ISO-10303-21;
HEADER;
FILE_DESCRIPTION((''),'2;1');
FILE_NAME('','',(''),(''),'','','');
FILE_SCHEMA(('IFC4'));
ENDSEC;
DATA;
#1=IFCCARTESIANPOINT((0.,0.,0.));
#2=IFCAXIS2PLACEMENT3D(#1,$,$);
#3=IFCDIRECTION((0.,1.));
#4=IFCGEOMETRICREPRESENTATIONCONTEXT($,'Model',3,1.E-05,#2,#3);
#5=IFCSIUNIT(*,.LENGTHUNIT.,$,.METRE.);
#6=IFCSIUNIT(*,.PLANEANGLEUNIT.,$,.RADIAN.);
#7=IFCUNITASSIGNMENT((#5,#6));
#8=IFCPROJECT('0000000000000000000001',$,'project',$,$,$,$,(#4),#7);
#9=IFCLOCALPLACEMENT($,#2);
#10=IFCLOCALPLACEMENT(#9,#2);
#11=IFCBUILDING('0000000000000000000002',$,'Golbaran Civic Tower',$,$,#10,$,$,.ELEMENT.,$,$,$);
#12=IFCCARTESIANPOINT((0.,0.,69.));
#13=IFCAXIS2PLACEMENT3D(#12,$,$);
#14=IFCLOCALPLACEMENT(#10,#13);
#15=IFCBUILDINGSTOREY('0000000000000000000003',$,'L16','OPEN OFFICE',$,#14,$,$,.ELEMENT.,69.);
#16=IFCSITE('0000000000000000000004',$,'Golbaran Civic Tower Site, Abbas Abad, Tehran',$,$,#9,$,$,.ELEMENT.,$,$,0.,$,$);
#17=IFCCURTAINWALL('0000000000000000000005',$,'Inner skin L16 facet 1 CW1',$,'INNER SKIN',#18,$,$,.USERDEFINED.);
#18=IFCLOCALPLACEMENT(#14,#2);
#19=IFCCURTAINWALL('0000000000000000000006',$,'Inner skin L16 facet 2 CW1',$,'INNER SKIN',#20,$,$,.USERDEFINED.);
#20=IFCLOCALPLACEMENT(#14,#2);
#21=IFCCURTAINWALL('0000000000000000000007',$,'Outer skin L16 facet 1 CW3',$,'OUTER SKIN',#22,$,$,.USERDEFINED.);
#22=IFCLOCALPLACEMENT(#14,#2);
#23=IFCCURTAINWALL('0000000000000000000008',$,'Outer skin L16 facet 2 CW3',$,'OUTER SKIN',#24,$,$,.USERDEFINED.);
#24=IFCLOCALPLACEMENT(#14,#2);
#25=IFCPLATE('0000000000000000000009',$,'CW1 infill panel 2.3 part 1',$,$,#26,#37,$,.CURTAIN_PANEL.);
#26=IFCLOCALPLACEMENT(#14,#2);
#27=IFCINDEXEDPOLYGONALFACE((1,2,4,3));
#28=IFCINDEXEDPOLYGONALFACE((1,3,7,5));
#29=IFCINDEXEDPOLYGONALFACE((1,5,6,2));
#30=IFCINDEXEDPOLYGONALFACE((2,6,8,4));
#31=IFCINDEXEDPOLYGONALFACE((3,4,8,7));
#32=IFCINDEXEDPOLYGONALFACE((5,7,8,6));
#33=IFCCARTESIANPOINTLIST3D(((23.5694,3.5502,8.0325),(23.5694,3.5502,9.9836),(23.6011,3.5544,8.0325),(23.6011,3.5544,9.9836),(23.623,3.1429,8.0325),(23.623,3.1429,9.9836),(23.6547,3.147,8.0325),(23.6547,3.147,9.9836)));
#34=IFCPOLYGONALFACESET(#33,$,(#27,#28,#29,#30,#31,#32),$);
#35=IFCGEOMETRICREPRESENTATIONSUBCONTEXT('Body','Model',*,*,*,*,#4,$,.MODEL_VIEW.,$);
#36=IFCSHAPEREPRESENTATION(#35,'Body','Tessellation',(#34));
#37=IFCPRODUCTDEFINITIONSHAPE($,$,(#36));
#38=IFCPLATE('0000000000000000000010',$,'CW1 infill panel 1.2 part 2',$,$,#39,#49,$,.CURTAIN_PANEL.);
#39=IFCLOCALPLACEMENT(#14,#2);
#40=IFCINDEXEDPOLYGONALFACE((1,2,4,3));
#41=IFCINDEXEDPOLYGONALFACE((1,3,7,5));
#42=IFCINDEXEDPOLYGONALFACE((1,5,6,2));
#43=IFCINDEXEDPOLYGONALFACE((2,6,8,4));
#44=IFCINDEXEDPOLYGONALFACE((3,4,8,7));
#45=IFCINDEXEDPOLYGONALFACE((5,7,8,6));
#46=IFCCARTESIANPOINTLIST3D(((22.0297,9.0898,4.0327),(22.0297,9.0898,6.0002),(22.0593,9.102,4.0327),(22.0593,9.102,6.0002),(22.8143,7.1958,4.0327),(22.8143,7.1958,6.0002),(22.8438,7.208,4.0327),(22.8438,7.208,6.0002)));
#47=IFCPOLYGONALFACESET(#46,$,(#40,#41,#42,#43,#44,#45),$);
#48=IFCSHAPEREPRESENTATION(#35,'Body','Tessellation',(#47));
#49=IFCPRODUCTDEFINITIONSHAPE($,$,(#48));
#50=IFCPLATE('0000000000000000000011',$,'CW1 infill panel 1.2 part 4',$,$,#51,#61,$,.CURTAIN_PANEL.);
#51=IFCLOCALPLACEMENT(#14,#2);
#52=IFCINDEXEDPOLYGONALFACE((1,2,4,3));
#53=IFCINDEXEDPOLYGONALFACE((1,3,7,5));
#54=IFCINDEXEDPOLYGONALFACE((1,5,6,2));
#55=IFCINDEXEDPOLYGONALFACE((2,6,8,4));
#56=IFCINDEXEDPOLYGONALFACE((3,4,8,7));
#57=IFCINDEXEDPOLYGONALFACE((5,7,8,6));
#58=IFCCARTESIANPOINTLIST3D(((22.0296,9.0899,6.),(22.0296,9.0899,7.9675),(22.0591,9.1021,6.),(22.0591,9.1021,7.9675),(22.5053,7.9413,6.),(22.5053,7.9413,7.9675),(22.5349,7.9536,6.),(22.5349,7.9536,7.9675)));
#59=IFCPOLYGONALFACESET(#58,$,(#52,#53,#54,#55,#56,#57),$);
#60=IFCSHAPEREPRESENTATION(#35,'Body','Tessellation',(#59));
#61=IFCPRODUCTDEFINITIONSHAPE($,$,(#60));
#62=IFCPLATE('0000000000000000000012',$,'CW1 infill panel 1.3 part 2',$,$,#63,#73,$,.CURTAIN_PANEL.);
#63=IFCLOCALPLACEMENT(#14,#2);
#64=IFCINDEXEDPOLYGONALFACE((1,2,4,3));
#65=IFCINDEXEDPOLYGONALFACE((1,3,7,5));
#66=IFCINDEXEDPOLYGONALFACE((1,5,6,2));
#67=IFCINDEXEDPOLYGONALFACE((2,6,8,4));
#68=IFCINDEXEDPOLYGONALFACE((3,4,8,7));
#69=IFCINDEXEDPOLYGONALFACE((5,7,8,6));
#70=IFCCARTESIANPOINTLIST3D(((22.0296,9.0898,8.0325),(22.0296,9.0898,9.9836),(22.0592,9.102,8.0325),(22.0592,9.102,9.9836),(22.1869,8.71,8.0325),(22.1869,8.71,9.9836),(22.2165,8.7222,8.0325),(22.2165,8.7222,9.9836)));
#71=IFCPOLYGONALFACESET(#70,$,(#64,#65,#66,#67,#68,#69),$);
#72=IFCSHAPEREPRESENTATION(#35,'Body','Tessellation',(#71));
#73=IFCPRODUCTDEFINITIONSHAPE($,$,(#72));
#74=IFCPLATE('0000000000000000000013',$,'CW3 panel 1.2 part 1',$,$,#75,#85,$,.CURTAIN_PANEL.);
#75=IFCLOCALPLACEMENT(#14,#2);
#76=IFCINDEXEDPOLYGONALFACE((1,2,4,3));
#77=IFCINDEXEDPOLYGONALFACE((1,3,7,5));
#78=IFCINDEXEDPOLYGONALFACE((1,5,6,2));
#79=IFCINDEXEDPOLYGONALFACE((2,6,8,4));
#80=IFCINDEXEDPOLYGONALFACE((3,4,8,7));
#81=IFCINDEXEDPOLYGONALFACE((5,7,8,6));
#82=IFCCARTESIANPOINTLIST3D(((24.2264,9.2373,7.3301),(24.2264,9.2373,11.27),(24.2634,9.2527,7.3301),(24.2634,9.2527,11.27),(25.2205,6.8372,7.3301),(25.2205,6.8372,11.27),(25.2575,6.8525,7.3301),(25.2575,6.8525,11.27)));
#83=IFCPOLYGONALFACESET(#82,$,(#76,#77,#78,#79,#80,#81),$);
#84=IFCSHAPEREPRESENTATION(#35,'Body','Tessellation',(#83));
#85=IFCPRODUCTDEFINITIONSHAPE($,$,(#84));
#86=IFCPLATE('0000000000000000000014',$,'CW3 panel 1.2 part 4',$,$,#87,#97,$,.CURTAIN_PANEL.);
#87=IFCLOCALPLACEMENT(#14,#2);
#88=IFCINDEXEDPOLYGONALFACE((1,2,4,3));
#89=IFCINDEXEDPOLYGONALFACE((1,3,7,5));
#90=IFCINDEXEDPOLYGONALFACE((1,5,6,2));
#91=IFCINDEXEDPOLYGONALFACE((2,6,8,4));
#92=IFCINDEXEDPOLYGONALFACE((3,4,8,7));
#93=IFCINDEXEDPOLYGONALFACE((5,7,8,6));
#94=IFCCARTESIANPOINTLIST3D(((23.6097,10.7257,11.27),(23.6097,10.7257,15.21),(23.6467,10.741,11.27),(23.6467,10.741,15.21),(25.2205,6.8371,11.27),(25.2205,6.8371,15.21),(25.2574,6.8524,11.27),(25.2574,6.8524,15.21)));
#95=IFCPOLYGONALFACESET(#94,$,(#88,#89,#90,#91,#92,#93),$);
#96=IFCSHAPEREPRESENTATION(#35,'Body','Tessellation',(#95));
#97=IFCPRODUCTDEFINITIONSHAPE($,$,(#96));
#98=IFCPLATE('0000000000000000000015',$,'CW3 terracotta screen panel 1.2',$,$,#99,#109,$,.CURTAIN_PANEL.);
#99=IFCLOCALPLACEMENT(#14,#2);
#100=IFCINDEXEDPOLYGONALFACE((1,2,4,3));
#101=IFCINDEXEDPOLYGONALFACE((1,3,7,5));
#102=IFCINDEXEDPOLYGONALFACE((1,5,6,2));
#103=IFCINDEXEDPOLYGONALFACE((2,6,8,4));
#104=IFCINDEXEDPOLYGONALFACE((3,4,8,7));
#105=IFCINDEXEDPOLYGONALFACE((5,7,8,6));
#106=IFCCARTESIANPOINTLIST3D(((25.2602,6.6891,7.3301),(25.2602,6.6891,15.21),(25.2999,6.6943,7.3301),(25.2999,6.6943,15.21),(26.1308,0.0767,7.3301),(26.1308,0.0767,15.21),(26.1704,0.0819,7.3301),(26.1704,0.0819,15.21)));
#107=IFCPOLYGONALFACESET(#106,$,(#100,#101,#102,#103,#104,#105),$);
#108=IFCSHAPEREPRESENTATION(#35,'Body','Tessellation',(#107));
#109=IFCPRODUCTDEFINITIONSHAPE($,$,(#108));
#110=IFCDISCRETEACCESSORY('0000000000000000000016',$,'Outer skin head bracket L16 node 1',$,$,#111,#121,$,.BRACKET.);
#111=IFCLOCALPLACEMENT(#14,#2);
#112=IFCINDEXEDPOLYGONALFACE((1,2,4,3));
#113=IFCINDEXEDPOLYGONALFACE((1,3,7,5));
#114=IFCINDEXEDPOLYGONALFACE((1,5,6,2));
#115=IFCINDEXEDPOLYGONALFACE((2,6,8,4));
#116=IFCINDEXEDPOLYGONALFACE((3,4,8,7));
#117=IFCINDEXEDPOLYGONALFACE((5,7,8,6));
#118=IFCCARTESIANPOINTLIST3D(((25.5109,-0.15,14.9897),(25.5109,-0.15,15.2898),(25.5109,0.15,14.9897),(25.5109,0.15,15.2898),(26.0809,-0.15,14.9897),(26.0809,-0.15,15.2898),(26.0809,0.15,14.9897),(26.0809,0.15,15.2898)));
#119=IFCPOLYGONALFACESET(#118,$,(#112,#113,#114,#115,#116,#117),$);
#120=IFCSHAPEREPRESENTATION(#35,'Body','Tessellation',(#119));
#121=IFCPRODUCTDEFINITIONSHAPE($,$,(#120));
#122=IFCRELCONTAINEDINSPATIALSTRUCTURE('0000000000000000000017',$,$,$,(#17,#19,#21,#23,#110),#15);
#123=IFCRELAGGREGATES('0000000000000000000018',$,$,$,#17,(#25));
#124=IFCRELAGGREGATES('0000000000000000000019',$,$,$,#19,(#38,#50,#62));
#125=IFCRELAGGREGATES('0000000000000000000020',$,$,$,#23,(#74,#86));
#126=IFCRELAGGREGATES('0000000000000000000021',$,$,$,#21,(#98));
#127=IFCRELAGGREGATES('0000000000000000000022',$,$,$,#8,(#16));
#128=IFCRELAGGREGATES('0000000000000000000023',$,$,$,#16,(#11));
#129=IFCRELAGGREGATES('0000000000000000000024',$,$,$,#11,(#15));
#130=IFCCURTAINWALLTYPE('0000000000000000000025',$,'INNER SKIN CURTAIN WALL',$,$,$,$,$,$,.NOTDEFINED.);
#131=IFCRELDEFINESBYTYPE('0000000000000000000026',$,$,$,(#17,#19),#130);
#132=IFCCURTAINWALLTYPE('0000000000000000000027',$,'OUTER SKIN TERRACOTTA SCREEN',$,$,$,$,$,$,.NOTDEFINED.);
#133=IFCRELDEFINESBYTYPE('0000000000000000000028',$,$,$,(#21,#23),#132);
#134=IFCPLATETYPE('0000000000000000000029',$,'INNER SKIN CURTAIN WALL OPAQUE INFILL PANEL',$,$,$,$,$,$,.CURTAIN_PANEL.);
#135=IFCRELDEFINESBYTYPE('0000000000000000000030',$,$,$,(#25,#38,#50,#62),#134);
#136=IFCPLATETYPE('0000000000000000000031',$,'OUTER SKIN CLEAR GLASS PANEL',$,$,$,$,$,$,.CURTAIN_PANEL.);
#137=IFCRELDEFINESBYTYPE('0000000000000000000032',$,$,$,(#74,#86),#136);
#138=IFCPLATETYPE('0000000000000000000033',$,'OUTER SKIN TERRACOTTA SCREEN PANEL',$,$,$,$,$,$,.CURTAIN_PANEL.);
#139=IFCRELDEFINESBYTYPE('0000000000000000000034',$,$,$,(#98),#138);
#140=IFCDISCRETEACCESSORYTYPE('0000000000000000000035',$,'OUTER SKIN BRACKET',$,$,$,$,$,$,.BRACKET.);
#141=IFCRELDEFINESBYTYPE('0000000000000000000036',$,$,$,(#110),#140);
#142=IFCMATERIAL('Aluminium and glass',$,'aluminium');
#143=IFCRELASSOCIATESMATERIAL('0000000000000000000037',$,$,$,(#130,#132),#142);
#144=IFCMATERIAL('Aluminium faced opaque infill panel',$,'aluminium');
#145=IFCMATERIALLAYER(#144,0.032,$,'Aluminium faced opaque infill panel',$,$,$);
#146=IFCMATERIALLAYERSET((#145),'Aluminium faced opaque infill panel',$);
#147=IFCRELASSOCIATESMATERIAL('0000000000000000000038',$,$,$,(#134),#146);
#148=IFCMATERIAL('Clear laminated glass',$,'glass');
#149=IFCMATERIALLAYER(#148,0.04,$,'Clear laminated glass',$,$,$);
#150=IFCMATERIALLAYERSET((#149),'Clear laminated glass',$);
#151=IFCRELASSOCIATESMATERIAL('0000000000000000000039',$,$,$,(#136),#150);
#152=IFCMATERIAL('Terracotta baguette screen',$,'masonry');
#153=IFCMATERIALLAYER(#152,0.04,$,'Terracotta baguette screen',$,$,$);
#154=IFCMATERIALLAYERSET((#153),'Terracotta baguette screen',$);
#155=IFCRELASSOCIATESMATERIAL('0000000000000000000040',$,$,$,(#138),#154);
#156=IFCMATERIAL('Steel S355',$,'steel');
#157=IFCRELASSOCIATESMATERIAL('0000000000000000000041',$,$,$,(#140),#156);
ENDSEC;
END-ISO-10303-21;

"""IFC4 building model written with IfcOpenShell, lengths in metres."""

from ifc_helpers import new_model, si_unit, direction, frame, origin, origin_2d, place, context, subcontext, project, spatial, rectangle, extrude, material, layer, layer_set, type_object, element, aggregate, save


model = new_model("IFC4")

# Units and contexts
model_context = context("Model", 3, precision=1e-05, world=origin(), true_north=direction((0.0, 1.0)))
body_context = subcontext(model_context, "Body", "Model", "MODEL_VIEW")
ifc_project = project(units=[si_unit("LENGTHUNIT", "METRE"), si_unit("PLANEANGLEUNIT", "RADIAN")], contexts=[model_context])

# Site, building, storey
site_placement = place(None, origin())
site = spatial("IfcSite", under=ifc_project, at=site_placement, Name="Golbaran Civic Tower Site, Abbas Abad, Tehran", CompositionType="ELEMENT", RefElevation=0.0)
building_placement = place(site_placement, origin())
building = spatial("IfcBuilding", under=site, at=building_placement, Name="Golbaran Civic Tower", CompositionType="ELEMENT")
storey_placement = place(building_placement, frame((0.0, 0.0, 69.0)))
storey = spatial("IfcBuildingStorey", under=building, at=storey_placement, Name="L16", Description="OPEN OFFICE", CompositionType="ELEMENT", Elevation=69.0)

# Curtain walls
ifc_material_1 = material(Name="Aluminium and glass", Category="aluminium")
curtain_wall_type_1 = type_object("IfcCurtainWallType", Name="INNER SKIN CURTAIN WALL", PredefinedType="NOTDEFINED", material=ifc_material_1)
curtain_wall_1_placement = place(storey_placement, origin())
curtain_wall_1 = element("IfcCurtainWall", 1, at=curtain_wall_1_placement, inside=storey, type_object=curtain_wall_type_1, Name="Inner skin L16 facet 1 CW1", ObjectType="INNER SKIN", PredefinedType="USERDEFINED")
curtain_wall_2_placement = place(storey_placement, origin())
curtain_wall_2 = element("IfcCurtainWall", 2, at=curtain_wall_2_placement, inside=storey, type_object=curtain_wall_type_1, Name="Inner skin L16 facet 2 CW1", ObjectType="INNER SKIN", PredefinedType="USERDEFINED")
curtain_wall_type_2 = type_object("IfcCurtainWallType", Name="OUTER SKIN TERRACOTTA SCREEN", PredefinedType="NOTDEFINED", material=ifc_material_1)
curtain_wall_3_placement = place(storey_placement, origin())
curtain_wall_3 = element("IfcCurtainWall", 3, at=curtain_wall_3_placement, inside=storey, type_object=curtain_wall_type_2, Name="Outer skin L16 facet 1 CW3", ObjectType="OUTER SKIN", PredefinedType="USERDEFINED")
curtain_wall_4_placement = place(storey_placement, origin())
curtain_wall_4 = element("IfcCurtainWall", 4, at=curtain_wall_4_placement, inside=storey, type_object=curtain_wall_type_2, Name="Outer skin L16 facet 2 CW3", ObjectType="OUTER SKIN", PredefinedType="USERDEFINED")

# Plates
ifc_material_2 = material(Name="Aluminium faced opaque infill panel", Category="aluminium")
ifc_layer_1 = layer(ifc_material_2, 0.032, Name="Aluminium faced opaque infill panel")
ifc_layer_set_1 = layer_set([ifc_layer_1], Name="Aluminium faced opaque infill panel")
plate_type_1 = type_object("IfcPlateType", Name="INNER SKIN CURTAIN WALL OPAQUE INFILL PANEL", PredefinedType="CURTAIN_PANEL", material=ifc_layer_set_1)
plate_1_placement = place(storey_placement, frame((23.6121, 3.3486, 8.0325), z_axis=(0.0, 0.0, 1.0), x_axis=(-0.130526, 0.991445, 0.0)))
plate_1 = element("IfcPlate", 5, at=plate_1_placement, type_object=plate_type_1, Name="CW1 infill panel 2.3 part 1", PredefinedType="CURTAIN_PANEL", context=body_context, shape_type="SweptSolid", body=[
    extrude(rectangle(XDim=0.4109, YDim=0.032, at=origin_2d()), origin(), (0.0, 0.0, 1.0), 1.9512),
])
aggregate(curtain_wall_1, [plate_1])
plate_2_placement = place(storey_placement, frame((22.4368, 8.1489, 4.0327), z_axis=(0.0, 0.0, 1.0), x_axis=(-0.382683, 0.92388, 0.0)))
plate_2 = element("IfcPlate", 6, at=plate_2_placement, type_object=plate_type_1, Name="CW1 infill panel 1.2 part 2", PredefinedType="CURTAIN_PANEL", context=body_context, shape_type="SweptSolid", body=[
    extrude(rectangle(XDim=2.05, YDim=0.032, at=origin_2d()), origin(), (0.0, 0.0, 1.0), 1.9675),
])
plate_3_placement = place(storey_placement, frame((22.2822, 8.5217, 6.0), z_axis=(0.0, 0.0, 1.0), x_axis=(-0.382683, 0.92388, 0.0)))
plate_3 = element("IfcPlate", 7, at=plate_3_placement, type_object=plate_type_1, Name="CW1 infill panel 1.2 part 4", PredefinedType="CURTAIN_PANEL", context=body_context, shape_type="SweptSolid", body=[
    extrude(rectangle(XDim=1.2432, YDim=0.032, at=origin_2d()), origin(), (0.0, 0.0, 1.0), 1.9675),
])
plate_4_placement = place(storey_placement, frame((22.123, 8.906, 8.0325), z_axis=(0.0, 0.0, 1.0), x_axis=(-0.382683, 0.92388, 0.0)))
plate_4 = element("IfcPlate", 8, at=plate_4_placement, type_object=plate_type_1, Name="CW1 infill panel 1.3 part 2", PredefinedType="CURTAIN_PANEL", context=body_context, shape_type="SweptSolid", body=[
    extrude(rectangle(XDim=0.4111, YDim=0.032, at=origin_2d()), origin(), (0.0, 0.0, 1.0), 1.9512),
])
aggregate(curtain_wall_2, [plate_2, plate_3, plate_4])
ifc_material_3 = material(Name="Clear laminated glass", Category="glass")
ifc_layer_2 = layer(ifc_material_3, 0.04, Name="Clear laminated glass")
ifc_layer_set_2 = layer_set([ifc_layer_2], Name="Clear laminated glass")
plate_type_2 = type_object("IfcPlateType", Name="OUTER SKIN CLEAR GLASS PANEL", PredefinedType="CURTAIN_PANEL", material=ifc_layer_set_2)
plate_5_placement = place(storey_placement, frame((24.7419, 8.0449, 7.3301), z_axis=(0.0, 0.0, 1.0), x_axis=(-0.382683, 0.92388, 0.0)))
plate_5 = element("IfcPlate", 9, at=plate_5_placement, type_object=plate_type_2, Name="CW3 panel 1.2 part 1", PredefinedType="CURTAIN_PANEL", context=body_context, shape_type="SweptSolid", body=[
    extrude(rectangle(XDim=2.5979, YDim=0.04, at=origin_2d()), origin(), (0.0, 0.0, 1.0), 3.9399),
])
plate_6_placement = place(storey_placement, frame((24.4336, 8.7891, 11.27), z_axis=(0.0, 0.0, 1.0), x_axis=(-0.382683, 0.92388, 0.0)))
plate_6 = element("IfcPlate", 10, at=plate_6_placement, type_object=plate_type_2, Name="CW3 panel 1.2 part 4", PredefinedType="CURTAIN_PANEL", context=body_context, shape_type="SweptSolid", body=[
    extrude(rectangle(XDim=4.209, YDim=0.04, at=origin_2d()), origin(), (0.0, 0.0, 1.0), 3.9399),
])
aggregate(curtain_wall_4, [plate_5, plate_6])
ifc_material_4 = material(Name="Terracotta baguette screen", Category="masonry")
ifc_layer_3 = layer(ifc_material_4, 0.04, Name="Terracotta baguette screen")
ifc_layer_set_3 = layer_set([ifc_layer_3], Name="Terracotta baguette screen")
plate_type_3 = type_object("IfcPlateType", Name="OUTER SKIN TERRACOTTA SCREEN PANEL", PredefinedType="CURTAIN_PANEL", material=ifc_layer_set_3)
plate_7_placement = place(storey_placement, frame((25.7153, 3.3855, 7.3301), z_axis=(0.0, 0.0, 1.0), x_axis=(-0.130526, 0.991445, 0.0)))
plate_7 = element("IfcPlate", 11, at=plate_7_placement, type_object=plate_type_3, Name="CW3 terracotta screen panel 1.2", PredefinedType="CURTAIN_PANEL", context=body_context, shape_type="SweptSolid", body=[
    extrude(rectangle(XDim=6.6694, YDim=0.04, at=origin_2d()), origin(), (0.0, 0.0, 1.0), 7.8799),
])
aggregate(curtain_wall_3, [plate_7])

# Discrete accessory
ifc_material_5 = material(Name="Steel S355", Category="steel")
discrete_accessory_type = type_object("IfcDiscreteAccessoryType", Name="OUTER SKIN BRACKET", PredefinedType="BRACKET", material=ifc_material_5)
discrete_accessory_placement = place(storey_placement, frame((25.7959, 0.0, 14.9897), z_axis=(0.0, 0.0, 1.0), x_axis=(1.0, 0.0, 0.0)))
element("IfcDiscreteAccessory", 12, at=discrete_accessory_placement, inside=storey, type_object=discrete_accessory_type, Name="Outer skin head bracket L16 node 1", PredefinedType="BRACKET", context=body_context, shape_type="SweptSolid", body=[
    extrude(rectangle(XDim=0.5701, YDim=0.3, at=origin_2d()), origin(), (0.0, 0.0, 1.0), 0.3),
])

save(model, "model.ifc")
